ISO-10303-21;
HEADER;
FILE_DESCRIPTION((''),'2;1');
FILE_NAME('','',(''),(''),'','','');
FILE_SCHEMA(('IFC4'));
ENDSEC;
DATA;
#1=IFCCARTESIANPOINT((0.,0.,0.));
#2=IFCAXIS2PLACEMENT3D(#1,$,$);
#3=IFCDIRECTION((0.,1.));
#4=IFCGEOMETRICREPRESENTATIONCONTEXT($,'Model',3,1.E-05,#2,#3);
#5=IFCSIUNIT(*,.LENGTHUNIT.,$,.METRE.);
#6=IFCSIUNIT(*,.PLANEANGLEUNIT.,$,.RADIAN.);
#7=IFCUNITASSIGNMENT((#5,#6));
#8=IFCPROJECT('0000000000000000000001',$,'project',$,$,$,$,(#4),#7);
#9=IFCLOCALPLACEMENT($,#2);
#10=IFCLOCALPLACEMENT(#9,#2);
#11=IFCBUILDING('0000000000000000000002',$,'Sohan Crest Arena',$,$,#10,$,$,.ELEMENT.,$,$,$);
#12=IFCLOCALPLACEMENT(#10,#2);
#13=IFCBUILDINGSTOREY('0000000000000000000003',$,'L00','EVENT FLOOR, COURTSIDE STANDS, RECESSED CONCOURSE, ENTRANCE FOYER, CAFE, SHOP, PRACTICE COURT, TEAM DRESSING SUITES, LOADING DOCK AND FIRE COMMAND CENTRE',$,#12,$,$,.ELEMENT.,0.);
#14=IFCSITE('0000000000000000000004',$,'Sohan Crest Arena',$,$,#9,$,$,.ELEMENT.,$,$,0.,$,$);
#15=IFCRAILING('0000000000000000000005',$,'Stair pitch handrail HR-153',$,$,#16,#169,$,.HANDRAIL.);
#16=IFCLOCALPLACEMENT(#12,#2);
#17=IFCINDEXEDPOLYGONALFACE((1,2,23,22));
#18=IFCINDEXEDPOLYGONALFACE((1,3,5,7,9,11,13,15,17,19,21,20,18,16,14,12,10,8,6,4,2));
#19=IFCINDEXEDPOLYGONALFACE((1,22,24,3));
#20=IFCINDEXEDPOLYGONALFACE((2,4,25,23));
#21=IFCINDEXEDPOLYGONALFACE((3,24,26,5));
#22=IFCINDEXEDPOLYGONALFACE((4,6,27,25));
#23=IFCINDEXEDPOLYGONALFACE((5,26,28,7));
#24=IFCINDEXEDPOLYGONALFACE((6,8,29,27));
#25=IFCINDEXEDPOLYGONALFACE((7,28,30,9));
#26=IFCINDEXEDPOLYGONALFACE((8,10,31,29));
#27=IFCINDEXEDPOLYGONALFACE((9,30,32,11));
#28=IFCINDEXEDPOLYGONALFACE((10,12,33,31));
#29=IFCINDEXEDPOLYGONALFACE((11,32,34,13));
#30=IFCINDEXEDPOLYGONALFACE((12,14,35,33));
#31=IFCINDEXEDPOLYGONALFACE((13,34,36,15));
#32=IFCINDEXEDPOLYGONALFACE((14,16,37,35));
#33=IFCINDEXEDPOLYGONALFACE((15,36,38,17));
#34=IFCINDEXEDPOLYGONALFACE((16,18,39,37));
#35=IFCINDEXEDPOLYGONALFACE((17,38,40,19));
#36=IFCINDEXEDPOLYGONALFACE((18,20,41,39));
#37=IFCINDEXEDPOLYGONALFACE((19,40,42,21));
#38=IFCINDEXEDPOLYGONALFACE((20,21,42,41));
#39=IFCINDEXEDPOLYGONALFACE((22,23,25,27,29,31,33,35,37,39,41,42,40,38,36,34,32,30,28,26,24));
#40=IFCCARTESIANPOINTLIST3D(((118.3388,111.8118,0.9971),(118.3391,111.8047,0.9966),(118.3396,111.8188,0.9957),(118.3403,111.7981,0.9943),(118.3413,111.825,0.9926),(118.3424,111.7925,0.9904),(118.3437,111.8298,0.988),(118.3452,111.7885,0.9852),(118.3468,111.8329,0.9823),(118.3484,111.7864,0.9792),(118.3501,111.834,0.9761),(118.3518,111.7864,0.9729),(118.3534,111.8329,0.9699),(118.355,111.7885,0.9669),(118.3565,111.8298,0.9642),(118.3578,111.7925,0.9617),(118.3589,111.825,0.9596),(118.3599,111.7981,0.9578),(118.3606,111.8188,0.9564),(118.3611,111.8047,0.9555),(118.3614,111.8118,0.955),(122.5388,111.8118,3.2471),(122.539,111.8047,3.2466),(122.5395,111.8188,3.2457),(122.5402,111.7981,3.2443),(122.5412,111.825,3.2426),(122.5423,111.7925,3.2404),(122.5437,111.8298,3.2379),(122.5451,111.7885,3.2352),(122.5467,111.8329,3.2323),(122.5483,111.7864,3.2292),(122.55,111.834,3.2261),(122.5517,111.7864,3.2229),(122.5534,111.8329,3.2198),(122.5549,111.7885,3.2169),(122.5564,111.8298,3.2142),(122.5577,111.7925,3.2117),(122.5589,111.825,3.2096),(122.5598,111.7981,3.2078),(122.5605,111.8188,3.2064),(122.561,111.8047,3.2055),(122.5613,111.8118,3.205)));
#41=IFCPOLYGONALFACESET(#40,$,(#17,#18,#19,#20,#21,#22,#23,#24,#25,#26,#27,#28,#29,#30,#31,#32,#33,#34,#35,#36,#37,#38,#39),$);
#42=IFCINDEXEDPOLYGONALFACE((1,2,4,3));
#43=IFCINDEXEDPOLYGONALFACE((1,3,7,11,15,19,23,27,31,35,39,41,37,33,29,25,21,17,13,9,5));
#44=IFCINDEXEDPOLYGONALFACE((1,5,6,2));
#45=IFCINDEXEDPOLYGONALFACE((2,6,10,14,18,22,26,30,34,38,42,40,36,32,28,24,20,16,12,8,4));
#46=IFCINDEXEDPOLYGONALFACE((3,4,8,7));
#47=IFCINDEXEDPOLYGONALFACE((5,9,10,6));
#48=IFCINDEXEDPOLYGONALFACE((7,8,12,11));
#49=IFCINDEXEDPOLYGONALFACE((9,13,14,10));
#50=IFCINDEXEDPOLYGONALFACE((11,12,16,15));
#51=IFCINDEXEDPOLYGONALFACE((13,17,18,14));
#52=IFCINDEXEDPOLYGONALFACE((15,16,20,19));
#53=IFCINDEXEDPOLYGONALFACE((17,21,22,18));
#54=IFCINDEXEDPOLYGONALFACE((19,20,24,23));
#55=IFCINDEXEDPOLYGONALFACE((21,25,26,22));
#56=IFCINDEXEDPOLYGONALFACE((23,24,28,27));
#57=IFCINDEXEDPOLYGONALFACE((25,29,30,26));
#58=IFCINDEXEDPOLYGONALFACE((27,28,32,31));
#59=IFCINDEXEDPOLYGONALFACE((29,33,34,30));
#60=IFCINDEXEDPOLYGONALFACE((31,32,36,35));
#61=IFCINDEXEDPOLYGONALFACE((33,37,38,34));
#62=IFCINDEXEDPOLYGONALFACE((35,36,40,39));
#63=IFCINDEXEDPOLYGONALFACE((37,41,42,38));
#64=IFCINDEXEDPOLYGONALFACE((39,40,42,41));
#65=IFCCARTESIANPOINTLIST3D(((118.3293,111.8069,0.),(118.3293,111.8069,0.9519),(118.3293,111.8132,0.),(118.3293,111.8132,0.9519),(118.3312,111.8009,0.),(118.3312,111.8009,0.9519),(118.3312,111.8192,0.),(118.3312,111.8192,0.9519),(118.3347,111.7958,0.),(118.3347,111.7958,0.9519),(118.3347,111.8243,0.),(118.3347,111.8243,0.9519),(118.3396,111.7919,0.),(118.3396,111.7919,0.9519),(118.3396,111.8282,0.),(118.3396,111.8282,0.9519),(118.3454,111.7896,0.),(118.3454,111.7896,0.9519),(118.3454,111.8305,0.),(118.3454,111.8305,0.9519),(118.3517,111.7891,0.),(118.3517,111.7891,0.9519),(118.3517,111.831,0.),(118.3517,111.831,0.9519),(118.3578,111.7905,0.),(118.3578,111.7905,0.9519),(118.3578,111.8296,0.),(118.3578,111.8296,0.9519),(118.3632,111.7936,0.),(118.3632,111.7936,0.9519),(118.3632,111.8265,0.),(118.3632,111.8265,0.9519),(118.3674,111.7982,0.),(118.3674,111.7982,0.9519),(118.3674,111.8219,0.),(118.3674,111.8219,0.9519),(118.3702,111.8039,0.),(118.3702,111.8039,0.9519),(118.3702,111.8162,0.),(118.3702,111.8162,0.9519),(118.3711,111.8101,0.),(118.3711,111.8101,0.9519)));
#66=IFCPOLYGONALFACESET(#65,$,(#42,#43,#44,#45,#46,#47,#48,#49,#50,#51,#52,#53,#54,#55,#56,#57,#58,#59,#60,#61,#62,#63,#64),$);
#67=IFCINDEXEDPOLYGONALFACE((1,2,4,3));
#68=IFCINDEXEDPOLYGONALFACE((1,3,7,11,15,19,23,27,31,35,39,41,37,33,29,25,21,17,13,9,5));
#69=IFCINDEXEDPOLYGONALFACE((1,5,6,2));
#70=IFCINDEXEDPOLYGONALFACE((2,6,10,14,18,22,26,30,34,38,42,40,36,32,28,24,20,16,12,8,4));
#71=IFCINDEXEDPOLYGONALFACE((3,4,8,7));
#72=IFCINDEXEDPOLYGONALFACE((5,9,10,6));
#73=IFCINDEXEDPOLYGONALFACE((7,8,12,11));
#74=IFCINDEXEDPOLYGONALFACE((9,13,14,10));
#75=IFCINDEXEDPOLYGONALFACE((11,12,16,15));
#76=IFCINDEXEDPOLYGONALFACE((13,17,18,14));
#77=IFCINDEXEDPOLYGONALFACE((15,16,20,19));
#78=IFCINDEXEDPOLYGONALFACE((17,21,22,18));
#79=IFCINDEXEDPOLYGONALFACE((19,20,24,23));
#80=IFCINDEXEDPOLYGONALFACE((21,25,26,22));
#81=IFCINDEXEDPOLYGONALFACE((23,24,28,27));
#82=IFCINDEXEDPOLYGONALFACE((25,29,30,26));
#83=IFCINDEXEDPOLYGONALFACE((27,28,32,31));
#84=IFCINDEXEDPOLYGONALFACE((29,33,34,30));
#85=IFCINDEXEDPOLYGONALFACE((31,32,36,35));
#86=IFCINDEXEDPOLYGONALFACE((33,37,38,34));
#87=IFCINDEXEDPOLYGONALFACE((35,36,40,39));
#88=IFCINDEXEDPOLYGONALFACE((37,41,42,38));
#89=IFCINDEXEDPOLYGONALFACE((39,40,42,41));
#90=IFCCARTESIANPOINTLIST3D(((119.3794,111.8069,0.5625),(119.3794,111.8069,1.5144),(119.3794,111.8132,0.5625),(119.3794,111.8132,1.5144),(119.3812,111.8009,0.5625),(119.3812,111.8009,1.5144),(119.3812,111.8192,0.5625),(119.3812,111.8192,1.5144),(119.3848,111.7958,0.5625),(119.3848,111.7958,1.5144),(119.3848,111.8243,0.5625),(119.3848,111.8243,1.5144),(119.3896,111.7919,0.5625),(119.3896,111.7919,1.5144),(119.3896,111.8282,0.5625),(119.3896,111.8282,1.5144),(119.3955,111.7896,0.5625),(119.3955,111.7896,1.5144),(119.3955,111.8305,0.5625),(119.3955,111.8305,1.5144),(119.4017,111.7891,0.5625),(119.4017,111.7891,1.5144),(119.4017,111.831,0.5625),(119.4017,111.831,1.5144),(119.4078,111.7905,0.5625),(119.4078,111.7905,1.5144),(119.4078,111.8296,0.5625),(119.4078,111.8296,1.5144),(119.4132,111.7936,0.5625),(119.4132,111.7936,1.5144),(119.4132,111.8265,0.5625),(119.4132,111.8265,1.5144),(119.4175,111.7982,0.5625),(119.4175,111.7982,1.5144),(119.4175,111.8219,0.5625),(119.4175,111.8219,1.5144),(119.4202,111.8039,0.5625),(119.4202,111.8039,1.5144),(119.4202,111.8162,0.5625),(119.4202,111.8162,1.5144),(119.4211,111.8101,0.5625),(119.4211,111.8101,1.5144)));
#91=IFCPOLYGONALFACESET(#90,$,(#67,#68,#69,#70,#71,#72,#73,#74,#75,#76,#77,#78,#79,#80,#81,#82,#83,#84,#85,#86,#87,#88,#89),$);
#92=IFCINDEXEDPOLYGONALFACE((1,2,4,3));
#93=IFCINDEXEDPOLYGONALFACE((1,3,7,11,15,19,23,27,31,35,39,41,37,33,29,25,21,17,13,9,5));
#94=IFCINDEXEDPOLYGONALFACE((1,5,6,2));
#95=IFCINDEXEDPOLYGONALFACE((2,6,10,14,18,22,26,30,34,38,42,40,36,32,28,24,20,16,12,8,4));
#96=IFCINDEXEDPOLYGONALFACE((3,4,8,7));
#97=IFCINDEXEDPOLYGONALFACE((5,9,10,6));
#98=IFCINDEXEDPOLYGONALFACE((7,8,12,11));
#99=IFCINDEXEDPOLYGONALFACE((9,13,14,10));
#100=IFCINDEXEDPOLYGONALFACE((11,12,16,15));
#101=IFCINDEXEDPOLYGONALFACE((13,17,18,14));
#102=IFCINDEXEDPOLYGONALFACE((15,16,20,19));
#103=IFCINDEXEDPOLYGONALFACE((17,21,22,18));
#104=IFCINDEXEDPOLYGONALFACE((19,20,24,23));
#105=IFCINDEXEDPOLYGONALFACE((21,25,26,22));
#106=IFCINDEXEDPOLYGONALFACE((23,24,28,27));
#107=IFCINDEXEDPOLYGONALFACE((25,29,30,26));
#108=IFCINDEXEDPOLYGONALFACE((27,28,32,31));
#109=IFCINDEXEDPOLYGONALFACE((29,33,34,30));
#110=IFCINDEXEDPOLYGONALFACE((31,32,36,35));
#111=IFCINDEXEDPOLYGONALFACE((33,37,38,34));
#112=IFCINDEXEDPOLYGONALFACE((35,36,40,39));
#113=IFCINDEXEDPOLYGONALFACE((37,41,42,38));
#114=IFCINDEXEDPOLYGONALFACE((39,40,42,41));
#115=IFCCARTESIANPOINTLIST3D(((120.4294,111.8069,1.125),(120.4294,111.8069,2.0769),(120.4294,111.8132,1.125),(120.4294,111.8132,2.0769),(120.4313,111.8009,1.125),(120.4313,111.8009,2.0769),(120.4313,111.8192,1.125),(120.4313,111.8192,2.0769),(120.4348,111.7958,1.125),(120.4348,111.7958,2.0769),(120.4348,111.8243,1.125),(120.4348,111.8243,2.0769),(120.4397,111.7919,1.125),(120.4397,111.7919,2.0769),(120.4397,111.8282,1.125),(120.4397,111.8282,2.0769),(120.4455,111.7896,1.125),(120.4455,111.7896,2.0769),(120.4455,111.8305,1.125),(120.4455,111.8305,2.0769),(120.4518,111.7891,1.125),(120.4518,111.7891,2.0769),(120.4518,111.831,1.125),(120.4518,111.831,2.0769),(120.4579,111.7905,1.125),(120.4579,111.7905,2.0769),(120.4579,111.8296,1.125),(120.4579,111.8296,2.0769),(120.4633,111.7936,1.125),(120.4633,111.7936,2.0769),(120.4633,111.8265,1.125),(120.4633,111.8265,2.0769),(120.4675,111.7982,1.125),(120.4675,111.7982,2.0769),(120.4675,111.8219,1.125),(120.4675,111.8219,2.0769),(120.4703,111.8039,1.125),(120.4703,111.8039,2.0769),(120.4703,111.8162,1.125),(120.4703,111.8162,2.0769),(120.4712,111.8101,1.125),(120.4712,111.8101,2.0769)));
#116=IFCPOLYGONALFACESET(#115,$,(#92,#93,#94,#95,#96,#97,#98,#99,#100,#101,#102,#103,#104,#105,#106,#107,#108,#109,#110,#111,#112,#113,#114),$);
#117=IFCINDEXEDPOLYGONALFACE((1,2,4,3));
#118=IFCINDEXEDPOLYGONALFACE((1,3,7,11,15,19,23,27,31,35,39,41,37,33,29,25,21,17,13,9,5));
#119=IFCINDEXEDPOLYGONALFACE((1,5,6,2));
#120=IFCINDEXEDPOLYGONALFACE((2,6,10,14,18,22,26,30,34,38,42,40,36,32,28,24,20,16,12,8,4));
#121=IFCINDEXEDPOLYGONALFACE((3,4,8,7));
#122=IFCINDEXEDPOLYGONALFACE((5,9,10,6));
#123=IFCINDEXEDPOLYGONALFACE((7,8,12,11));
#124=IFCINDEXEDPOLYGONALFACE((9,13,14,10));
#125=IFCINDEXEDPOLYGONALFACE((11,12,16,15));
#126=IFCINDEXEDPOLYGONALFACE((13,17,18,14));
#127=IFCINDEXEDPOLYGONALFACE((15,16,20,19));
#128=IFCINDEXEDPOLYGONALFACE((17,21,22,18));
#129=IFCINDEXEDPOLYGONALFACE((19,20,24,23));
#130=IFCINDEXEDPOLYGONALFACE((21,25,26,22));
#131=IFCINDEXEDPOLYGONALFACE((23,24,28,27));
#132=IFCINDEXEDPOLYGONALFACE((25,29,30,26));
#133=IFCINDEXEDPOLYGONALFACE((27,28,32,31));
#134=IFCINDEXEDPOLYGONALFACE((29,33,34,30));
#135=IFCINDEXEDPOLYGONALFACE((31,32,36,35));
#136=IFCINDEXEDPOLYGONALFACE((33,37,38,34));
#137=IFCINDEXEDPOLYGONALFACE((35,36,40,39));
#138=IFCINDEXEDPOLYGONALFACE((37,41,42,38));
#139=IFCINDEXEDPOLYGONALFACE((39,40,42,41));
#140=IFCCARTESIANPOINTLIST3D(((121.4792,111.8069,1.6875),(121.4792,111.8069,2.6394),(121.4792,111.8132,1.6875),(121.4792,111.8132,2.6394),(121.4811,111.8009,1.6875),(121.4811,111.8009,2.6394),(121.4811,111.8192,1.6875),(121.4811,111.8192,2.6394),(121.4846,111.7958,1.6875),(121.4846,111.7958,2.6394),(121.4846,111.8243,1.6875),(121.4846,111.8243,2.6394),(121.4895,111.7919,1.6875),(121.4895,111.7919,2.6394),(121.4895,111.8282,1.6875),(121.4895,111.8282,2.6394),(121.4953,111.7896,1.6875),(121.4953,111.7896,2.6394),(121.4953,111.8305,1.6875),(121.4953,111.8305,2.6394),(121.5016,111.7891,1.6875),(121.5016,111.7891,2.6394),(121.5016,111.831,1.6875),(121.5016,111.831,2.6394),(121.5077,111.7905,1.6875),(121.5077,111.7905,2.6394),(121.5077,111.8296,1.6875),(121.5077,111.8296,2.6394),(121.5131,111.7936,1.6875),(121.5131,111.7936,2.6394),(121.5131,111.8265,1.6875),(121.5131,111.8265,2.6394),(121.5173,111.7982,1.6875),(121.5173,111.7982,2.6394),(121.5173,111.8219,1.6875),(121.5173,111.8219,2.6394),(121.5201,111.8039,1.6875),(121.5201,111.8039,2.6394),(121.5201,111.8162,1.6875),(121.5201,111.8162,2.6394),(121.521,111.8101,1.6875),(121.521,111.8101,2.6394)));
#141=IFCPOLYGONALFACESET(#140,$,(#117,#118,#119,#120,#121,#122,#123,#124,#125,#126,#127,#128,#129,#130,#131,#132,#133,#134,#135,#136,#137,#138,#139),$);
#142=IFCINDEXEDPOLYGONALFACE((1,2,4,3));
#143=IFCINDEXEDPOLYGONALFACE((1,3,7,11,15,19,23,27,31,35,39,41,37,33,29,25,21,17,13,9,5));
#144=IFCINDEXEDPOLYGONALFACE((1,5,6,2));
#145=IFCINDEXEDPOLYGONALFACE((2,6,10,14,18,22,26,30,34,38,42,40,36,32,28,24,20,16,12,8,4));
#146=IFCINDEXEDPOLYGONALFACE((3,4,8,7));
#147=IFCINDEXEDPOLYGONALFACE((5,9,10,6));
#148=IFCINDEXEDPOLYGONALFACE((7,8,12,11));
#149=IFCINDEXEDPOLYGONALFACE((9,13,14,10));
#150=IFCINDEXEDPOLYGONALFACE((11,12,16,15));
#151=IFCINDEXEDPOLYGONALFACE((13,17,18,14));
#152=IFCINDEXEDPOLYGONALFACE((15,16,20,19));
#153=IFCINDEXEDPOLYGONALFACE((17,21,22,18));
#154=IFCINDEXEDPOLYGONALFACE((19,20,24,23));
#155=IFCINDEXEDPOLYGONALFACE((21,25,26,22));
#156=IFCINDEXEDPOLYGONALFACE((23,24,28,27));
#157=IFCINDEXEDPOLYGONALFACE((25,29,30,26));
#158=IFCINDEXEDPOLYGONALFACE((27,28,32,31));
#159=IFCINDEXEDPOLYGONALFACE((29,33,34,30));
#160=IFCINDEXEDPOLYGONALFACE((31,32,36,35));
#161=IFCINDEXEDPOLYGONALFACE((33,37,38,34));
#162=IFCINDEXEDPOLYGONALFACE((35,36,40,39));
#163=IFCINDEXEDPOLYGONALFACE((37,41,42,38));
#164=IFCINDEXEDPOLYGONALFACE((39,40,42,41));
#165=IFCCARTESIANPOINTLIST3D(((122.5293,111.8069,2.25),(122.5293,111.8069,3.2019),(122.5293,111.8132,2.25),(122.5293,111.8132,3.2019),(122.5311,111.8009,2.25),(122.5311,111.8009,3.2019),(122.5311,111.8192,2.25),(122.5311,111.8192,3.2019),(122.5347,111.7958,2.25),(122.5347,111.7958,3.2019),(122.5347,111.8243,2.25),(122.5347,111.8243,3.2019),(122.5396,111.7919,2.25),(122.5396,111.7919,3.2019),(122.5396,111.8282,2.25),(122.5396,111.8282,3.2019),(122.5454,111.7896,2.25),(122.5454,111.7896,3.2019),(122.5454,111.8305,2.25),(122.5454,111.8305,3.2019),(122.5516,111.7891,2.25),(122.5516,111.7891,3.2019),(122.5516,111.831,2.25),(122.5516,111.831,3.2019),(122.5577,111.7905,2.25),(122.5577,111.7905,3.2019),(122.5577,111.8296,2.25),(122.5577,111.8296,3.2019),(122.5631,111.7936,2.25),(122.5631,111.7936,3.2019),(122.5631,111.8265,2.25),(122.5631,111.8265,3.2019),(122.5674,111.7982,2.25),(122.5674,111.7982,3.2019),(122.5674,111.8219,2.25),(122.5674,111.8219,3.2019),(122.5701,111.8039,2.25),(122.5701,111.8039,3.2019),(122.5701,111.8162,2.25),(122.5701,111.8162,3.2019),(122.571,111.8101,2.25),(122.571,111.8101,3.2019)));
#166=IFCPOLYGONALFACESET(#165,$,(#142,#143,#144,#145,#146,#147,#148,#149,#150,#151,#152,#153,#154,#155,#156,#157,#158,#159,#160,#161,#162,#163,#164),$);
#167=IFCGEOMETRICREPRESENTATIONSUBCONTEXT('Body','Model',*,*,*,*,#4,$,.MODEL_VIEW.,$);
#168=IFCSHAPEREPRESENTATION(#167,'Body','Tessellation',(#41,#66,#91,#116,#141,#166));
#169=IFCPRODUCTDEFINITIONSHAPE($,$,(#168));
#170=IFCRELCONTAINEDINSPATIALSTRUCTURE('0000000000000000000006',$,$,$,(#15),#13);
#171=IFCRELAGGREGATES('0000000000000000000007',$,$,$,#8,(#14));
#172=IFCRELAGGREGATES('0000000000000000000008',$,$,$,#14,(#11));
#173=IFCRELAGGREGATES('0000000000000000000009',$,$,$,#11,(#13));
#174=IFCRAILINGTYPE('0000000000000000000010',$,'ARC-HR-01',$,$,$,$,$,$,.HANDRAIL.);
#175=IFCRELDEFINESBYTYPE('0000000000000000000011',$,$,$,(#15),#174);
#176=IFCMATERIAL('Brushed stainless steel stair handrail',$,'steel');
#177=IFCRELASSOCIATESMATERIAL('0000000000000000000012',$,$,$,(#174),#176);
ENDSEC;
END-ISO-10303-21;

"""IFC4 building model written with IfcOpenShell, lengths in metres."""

from ifc_helpers import new_model, si_unit, direction, frame, origin, origin_2d, place, context, subcontext, project, spatial, circle, extrude, material, type_object, element, save


model = new_model("IFC4")

# Units and contexts
model_context = context("Model", 3, precision=1e-05, world=origin(), true_north=direction((0.0, 1.0)))
body_context = subcontext(model_context, "Body", "Model", "MODEL_VIEW")
ifc_project = project(units=[si_unit("LENGTHUNIT", "METRE"), si_unit("PLANEANGLEUNIT", "RADIAN")], contexts=[model_context])

# Site, building, storey
site_placement = place(None, origin())
site = spatial("IfcSite", under=ifc_project, at=site_placement, Name="Sohan Crest Arena", CompositionType="ELEMENT", RefElevation=0.0)
building_placement = place(site_placement, origin())
building = spatial("IfcBuilding", under=site, at=building_placement, Name="Sohan Crest Arena", CompositionType="ELEMENT")
storey_placement = place(building_placement, origin())
storey = spatial("IfcBuildingStorey", under=building, at=storey_placement, Name="L00", Description="EVENT FLOOR, COURTSIDE STANDS, RECESSED CONCOURSE, ENTRANCE FOYER, CAFE, SHOP, PRACTICE COURT, TEAM DRESSING SUITES, LOADING DOCK AND FIRE COMMAND CENTRE", CompositionType="ELEMENT", Elevation=0.0)

# Railing
ifc_material_1 = material(Name="Brushed stainless steel stair handrail", Category="steel")
railing_type_1 = type_object("IfcRailingType", Name="ARC-HR-01", PredefinedType="HANDRAIL", material=ifc_material_1)
for number, where, name in (
    (1, (118.3501, 111.8101, 0.0), "Stair pitch handrail HR-153"),
):
    element("IfcRailing", number, at=place(storey_placement, frame(where)), inside=storey, type_object=railing_type_1, Name=name, PredefinedType="HANDRAIL", context=body_context, shape_type="SweptSolid", body=[
        extrude(circle(Radius=0.0239, at=origin_2d()), frame((0.0, 0.0, 0.9761), z_axis=(0.881478, 0.0, 0.472226), x_axis=(0.0, 1.0, 0.0)), (0.0, 0.0, 1.0), 4.7646),
        extrude(circle(Radius=0.021, at=origin_2d()), origin(), (0.0, 0.0, 1.0), 0.9519),
        extrude(circle(Radius=0.021, at=origin_2d()), frame((1.05, 0.0, 0.5625)), (0.0, 0.0, 1.0), 0.9519),
        extrude(circle(Radius=0.021, at=origin_2d()), frame((2.1001, 0.0, 1.125)), (0.0, 0.0, 1.0), 0.9519),
        extrude(circle(Radius=0.021, at=origin_2d()), frame((3.1499, 0.0, 1.6875)), (0.0, 0.0, 1.0), 0.9519),
        extrude(circle(Radius=0.021, at=origin_2d()), frame((4.2, 0.0, 2.25)), (0.0, 0.0, 1.0), 0.9519),
    ])

save(model, "model.ifc")
